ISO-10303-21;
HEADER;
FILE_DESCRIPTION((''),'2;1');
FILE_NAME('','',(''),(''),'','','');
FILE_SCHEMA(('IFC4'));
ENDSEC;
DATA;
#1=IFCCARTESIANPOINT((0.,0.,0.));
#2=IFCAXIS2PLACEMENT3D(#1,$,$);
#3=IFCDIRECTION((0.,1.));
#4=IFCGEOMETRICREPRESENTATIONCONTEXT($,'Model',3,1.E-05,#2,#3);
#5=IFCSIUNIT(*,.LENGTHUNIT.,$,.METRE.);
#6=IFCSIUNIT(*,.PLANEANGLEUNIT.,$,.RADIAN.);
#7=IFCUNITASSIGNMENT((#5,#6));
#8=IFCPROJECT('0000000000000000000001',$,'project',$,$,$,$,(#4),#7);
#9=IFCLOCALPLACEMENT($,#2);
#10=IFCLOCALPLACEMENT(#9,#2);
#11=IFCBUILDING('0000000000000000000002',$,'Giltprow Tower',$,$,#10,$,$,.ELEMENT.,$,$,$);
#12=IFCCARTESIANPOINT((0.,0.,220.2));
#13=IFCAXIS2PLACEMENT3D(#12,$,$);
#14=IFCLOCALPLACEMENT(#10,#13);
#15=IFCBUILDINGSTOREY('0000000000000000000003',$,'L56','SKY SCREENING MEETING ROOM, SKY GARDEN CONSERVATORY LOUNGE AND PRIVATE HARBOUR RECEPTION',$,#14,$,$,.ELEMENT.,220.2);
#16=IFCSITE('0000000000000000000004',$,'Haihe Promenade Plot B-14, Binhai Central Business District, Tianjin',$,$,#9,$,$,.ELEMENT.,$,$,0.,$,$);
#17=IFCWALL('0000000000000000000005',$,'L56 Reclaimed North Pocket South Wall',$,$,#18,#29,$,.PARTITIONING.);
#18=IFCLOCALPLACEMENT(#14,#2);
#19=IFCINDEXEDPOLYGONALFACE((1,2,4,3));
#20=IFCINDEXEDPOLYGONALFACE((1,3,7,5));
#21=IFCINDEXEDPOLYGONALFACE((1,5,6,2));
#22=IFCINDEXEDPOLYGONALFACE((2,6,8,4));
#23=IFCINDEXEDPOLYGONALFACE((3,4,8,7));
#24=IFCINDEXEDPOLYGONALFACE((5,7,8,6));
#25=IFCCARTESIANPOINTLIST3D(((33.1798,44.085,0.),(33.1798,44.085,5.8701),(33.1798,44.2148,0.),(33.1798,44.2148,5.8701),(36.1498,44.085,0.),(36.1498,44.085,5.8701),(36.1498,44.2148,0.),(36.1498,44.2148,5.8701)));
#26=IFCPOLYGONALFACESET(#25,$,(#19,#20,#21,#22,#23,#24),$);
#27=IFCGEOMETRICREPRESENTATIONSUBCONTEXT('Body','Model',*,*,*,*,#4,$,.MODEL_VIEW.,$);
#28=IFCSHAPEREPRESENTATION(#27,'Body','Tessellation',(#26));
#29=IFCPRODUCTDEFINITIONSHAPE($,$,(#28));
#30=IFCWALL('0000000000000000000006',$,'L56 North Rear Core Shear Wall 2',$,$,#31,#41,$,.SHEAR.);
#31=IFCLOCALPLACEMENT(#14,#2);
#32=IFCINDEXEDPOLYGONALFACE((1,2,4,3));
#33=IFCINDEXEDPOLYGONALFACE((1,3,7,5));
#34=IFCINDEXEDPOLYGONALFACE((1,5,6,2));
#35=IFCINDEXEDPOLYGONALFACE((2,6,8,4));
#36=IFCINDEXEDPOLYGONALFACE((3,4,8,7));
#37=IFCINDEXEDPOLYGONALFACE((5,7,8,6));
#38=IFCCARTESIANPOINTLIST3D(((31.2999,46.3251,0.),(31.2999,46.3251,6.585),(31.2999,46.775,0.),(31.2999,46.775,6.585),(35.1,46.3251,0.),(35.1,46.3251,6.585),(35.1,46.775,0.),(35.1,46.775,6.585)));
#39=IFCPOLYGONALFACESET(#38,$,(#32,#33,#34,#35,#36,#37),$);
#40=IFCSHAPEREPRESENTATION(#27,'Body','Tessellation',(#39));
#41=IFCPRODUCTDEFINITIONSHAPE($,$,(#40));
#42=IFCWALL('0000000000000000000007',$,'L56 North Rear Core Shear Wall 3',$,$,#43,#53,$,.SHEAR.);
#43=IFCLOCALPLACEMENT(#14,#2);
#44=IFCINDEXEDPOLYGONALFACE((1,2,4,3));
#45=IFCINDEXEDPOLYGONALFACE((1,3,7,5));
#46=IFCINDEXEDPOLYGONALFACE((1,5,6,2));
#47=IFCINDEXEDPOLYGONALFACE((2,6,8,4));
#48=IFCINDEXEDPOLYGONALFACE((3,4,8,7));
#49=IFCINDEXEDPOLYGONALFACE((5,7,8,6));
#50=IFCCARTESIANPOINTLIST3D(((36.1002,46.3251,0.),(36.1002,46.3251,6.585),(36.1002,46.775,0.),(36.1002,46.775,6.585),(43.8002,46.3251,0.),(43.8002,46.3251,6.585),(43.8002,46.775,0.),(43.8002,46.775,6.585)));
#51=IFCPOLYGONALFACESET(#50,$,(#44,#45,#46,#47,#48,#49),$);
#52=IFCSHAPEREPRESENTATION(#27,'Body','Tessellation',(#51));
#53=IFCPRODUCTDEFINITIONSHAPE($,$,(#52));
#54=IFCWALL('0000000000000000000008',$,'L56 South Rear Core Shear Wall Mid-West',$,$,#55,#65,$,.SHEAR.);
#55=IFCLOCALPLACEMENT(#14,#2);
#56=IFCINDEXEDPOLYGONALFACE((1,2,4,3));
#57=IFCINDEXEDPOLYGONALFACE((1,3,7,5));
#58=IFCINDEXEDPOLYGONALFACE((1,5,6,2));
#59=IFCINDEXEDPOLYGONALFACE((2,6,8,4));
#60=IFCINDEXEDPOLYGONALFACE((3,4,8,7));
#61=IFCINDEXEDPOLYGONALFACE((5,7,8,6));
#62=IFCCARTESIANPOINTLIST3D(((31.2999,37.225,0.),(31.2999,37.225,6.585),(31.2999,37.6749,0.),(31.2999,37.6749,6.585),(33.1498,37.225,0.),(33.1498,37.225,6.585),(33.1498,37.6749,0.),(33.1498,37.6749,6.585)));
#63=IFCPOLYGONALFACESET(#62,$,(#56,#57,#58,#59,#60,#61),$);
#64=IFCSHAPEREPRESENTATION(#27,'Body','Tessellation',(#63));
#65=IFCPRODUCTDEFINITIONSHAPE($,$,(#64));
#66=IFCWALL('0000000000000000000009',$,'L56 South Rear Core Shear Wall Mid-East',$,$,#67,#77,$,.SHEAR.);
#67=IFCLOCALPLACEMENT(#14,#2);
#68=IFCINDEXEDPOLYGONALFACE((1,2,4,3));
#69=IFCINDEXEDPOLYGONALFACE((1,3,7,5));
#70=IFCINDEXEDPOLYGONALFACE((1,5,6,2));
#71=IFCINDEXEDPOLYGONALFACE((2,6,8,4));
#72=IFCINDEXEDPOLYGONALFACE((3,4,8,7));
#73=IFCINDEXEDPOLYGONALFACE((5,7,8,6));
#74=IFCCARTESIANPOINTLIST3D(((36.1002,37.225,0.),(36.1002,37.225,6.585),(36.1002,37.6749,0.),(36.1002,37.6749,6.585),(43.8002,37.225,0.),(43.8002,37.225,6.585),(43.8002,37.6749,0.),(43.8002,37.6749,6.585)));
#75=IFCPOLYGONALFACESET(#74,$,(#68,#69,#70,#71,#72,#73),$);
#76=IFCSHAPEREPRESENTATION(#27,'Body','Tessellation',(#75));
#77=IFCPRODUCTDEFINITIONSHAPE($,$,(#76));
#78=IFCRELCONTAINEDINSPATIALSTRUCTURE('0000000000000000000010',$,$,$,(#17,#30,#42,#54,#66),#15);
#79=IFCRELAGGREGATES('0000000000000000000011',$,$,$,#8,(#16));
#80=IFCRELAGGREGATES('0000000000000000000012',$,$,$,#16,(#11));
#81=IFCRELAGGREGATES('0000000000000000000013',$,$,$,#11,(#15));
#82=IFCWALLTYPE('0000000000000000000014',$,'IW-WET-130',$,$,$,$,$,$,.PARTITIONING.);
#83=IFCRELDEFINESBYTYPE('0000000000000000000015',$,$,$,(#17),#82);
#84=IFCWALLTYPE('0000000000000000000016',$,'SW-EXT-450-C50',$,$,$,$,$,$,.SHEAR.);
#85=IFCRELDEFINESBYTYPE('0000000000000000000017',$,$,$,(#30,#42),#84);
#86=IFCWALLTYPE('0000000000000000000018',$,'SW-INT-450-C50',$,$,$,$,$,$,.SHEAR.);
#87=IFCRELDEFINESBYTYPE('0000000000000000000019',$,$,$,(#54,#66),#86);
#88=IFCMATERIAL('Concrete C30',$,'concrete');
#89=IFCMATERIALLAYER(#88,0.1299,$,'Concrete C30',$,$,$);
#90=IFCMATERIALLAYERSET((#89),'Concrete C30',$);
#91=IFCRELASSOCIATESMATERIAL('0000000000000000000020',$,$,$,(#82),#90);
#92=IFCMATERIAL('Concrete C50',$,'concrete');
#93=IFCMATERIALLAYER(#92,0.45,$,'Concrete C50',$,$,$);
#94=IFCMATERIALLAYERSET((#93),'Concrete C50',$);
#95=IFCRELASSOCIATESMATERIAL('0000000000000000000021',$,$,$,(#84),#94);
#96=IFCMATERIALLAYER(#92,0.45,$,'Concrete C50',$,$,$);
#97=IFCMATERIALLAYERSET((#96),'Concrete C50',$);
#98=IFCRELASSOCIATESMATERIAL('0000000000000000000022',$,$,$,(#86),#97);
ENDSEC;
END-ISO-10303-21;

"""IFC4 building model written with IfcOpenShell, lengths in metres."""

from ifc_helpers import new_model, si_unit, direction, frame, frame_2d, origin, place, context, subcontext, project, spatial, rectangle, extrude, material, layer, layer_set, type_object, element, save


model = new_model("IFC4")

# Units and contexts
model_context = context("Model", 3, precision=1e-05, world=origin(), true_north=direction((0.0, 1.0)))
body_context = subcontext(model_context, "Body", "Model", "MODEL_VIEW")
ifc_project = project(units=[si_unit("LENGTHUNIT", "METRE"), si_unit("PLANEANGLEUNIT", "RADIAN")], contexts=[model_context])

# Site, building, storey
site_placement = place(None, origin())
site = spatial("IfcSite", under=ifc_project, at=site_placement, Name="Haihe Promenade Plot B-14, Binhai Central Business District, Tianjin", CompositionType="ELEMENT", RefElevation=0.0)
building_placement = place(site_placement, origin())
building = spatial("IfcBuilding", under=site, at=building_placement, Name="Giltprow Tower", CompositionType="ELEMENT")
storey_placement = place(building_placement, frame((0.0, 0.0, 220.2)))
storey = spatial("IfcBuildingStorey", under=building, at=storey_placement, Name="L56", Description="SKY SCREENING MEETING ROOM, SKY GARDEN CONSERVATORY LOUNGE AND PRIVATE HARBOUR RECEPTION", CompositionType="ELEMENT", Elevation=220.2)

# Shared definitions
ifc_material_1 = material(Name="Concrete C50", Category="concrete")

# Shared definitions
ifc_material_2 = material(Name="Concrete C30", Category="concrete")
ifc_layer_1 = layer(ifc_material_2, 0.1299, Name="Concrete C30")
ifc_layer_set_1 = layer_set([ifc_layer_1], Name="Concrete C30")
wall_type_1 = type_object("IfcWallType", Name="IW-WET-130", PredefinedType="PARTITIONING", material=ifc_layer_set_1)

# Walls
wall_1_placement = place(storey_placement, frame((33.1799, 44.1499, 0.0), z_axis=(0.0, 0.0, 1.0), x_axis=(1.0, 0.0, 0.0)))
element("IfcWall", 1, at=wall_1_placement, inside=storey, type_object=wall_type_1, Name="L56 Reclaimed North Pocket South Wall", PredefinedType="PARTITIONING", context=body_context, shape_type="SweptSolid", body=[
    extrude(rectangle(XDim=2.97, YDim=0.1299, at=frame_2d((1.4849, 0.0))), origin(), (0.0, 0.0, 1.0), 5.8701),
])
ifc_layer_2 = layer(ifc_material_1, 0.45, Name="Concrete C50")
ifc_layer_set_2 = layer_set([ifc_layer_2], Name="Concrete C50")
wall_type_2 = type_object("IfcWallType", Name="SW-EXT-450-C50", PredefinedType="SHEAR", material=ifc_layer_set_2)
wall_2_placement = place(storey_placement, frame((31.3, 46.55, 0.0), z_axis=(0.0, 0.0, 1.0), x_axis=(1.0, 0.0, 0.0)))
element("IfcWall", 2, at=wall_2_placement, inside=storey, type_object=wall_type_2, Name="L56 North Rear Core Shear Wall 2", PredefinedType="SHEAR", context=body_context, shape_type="SweptSolid", body=[
    extrude(rectangle(XDim=3.8, YDim=0.45, at=frame_2d((1.8999, 0.0))), origin(), (0.0, 0.0, 1.0), 6.585),
])
wall_3_placement = place(storey_placement, frame((36.1001, 46.55, 0.0), z_axis=(0.0, 0.0, 1.0), x_axis=(1.0, 0.0, 0.0)))
element("IfcWall", 3, at=wall_3_placement, inside=storey, type_object=wall_type_2, Name="L56 North Rear Core Shear Wall 3", PredefinedType="SHEAR", context=body_context, shape_type="SweptSolid", body=[
    extrude(rectangle(XDim=7.7, YDim=0.45, at=frame_2d((3.8501, 0.0))), origin(), (0.0, 0.0, 1.0), 6.585),
])
ifc_layer_3 = layer(ifc_material_1, 0.45, Name="Concrete C50")
ifc_layer_set_3 = layer_set([ifc_layer_3], Name="Concrete C50")
wall_type_3 = type_object("IfcWallType", Name="SW-INT-450-C50", PredefinedType="SHEAR", material=ifc_layer_set_3)
wall_4_placement = place(storey_placement, frame((31.3, 37.45, 0.0), z_axis=(0.0, 0.0, 1.0), x_axis=(1.0, 0.0, 0.0)))
element("IfcWall", 4, at=wall_4_placement, inside=storey, type_object=wall_type_3, Name="L56 South Rear Core Shear Wall Mid-West", PredefinedType="SHEAR", context=body_context, shape_type="SweptSolid", body=[
    extrude(rectangle(XDim=1.8499, YDim=0.45, at=frame_2d((0.9248, 0.0))), origin(), (0.0, 0.0, 1.0), 6.585),
])
wall_5_placement = place(storey_placement, frame((36.1001, 37.45, 0.0), z_axis=(0.0, 0.0, 1.0), x_axis=(1.0, 0.0, 0.0)))
element("IfcWall", 5, at=wall_5_placement, inside=storey, type_object=wall_type_3, Name="L56 South Rear Core Shear Wall Mid-East", PredefinedType="SHEAR", context=body_context, shape_type="SweptSolid", body=[
    extrude(rectangle(XDim=7.7, YDim=0.45, at=frame_2d((3.8501, 0.0))), origin(), (0.0, 0.0, 1.0), 6.585),
])

save(model, "model.ifc")
